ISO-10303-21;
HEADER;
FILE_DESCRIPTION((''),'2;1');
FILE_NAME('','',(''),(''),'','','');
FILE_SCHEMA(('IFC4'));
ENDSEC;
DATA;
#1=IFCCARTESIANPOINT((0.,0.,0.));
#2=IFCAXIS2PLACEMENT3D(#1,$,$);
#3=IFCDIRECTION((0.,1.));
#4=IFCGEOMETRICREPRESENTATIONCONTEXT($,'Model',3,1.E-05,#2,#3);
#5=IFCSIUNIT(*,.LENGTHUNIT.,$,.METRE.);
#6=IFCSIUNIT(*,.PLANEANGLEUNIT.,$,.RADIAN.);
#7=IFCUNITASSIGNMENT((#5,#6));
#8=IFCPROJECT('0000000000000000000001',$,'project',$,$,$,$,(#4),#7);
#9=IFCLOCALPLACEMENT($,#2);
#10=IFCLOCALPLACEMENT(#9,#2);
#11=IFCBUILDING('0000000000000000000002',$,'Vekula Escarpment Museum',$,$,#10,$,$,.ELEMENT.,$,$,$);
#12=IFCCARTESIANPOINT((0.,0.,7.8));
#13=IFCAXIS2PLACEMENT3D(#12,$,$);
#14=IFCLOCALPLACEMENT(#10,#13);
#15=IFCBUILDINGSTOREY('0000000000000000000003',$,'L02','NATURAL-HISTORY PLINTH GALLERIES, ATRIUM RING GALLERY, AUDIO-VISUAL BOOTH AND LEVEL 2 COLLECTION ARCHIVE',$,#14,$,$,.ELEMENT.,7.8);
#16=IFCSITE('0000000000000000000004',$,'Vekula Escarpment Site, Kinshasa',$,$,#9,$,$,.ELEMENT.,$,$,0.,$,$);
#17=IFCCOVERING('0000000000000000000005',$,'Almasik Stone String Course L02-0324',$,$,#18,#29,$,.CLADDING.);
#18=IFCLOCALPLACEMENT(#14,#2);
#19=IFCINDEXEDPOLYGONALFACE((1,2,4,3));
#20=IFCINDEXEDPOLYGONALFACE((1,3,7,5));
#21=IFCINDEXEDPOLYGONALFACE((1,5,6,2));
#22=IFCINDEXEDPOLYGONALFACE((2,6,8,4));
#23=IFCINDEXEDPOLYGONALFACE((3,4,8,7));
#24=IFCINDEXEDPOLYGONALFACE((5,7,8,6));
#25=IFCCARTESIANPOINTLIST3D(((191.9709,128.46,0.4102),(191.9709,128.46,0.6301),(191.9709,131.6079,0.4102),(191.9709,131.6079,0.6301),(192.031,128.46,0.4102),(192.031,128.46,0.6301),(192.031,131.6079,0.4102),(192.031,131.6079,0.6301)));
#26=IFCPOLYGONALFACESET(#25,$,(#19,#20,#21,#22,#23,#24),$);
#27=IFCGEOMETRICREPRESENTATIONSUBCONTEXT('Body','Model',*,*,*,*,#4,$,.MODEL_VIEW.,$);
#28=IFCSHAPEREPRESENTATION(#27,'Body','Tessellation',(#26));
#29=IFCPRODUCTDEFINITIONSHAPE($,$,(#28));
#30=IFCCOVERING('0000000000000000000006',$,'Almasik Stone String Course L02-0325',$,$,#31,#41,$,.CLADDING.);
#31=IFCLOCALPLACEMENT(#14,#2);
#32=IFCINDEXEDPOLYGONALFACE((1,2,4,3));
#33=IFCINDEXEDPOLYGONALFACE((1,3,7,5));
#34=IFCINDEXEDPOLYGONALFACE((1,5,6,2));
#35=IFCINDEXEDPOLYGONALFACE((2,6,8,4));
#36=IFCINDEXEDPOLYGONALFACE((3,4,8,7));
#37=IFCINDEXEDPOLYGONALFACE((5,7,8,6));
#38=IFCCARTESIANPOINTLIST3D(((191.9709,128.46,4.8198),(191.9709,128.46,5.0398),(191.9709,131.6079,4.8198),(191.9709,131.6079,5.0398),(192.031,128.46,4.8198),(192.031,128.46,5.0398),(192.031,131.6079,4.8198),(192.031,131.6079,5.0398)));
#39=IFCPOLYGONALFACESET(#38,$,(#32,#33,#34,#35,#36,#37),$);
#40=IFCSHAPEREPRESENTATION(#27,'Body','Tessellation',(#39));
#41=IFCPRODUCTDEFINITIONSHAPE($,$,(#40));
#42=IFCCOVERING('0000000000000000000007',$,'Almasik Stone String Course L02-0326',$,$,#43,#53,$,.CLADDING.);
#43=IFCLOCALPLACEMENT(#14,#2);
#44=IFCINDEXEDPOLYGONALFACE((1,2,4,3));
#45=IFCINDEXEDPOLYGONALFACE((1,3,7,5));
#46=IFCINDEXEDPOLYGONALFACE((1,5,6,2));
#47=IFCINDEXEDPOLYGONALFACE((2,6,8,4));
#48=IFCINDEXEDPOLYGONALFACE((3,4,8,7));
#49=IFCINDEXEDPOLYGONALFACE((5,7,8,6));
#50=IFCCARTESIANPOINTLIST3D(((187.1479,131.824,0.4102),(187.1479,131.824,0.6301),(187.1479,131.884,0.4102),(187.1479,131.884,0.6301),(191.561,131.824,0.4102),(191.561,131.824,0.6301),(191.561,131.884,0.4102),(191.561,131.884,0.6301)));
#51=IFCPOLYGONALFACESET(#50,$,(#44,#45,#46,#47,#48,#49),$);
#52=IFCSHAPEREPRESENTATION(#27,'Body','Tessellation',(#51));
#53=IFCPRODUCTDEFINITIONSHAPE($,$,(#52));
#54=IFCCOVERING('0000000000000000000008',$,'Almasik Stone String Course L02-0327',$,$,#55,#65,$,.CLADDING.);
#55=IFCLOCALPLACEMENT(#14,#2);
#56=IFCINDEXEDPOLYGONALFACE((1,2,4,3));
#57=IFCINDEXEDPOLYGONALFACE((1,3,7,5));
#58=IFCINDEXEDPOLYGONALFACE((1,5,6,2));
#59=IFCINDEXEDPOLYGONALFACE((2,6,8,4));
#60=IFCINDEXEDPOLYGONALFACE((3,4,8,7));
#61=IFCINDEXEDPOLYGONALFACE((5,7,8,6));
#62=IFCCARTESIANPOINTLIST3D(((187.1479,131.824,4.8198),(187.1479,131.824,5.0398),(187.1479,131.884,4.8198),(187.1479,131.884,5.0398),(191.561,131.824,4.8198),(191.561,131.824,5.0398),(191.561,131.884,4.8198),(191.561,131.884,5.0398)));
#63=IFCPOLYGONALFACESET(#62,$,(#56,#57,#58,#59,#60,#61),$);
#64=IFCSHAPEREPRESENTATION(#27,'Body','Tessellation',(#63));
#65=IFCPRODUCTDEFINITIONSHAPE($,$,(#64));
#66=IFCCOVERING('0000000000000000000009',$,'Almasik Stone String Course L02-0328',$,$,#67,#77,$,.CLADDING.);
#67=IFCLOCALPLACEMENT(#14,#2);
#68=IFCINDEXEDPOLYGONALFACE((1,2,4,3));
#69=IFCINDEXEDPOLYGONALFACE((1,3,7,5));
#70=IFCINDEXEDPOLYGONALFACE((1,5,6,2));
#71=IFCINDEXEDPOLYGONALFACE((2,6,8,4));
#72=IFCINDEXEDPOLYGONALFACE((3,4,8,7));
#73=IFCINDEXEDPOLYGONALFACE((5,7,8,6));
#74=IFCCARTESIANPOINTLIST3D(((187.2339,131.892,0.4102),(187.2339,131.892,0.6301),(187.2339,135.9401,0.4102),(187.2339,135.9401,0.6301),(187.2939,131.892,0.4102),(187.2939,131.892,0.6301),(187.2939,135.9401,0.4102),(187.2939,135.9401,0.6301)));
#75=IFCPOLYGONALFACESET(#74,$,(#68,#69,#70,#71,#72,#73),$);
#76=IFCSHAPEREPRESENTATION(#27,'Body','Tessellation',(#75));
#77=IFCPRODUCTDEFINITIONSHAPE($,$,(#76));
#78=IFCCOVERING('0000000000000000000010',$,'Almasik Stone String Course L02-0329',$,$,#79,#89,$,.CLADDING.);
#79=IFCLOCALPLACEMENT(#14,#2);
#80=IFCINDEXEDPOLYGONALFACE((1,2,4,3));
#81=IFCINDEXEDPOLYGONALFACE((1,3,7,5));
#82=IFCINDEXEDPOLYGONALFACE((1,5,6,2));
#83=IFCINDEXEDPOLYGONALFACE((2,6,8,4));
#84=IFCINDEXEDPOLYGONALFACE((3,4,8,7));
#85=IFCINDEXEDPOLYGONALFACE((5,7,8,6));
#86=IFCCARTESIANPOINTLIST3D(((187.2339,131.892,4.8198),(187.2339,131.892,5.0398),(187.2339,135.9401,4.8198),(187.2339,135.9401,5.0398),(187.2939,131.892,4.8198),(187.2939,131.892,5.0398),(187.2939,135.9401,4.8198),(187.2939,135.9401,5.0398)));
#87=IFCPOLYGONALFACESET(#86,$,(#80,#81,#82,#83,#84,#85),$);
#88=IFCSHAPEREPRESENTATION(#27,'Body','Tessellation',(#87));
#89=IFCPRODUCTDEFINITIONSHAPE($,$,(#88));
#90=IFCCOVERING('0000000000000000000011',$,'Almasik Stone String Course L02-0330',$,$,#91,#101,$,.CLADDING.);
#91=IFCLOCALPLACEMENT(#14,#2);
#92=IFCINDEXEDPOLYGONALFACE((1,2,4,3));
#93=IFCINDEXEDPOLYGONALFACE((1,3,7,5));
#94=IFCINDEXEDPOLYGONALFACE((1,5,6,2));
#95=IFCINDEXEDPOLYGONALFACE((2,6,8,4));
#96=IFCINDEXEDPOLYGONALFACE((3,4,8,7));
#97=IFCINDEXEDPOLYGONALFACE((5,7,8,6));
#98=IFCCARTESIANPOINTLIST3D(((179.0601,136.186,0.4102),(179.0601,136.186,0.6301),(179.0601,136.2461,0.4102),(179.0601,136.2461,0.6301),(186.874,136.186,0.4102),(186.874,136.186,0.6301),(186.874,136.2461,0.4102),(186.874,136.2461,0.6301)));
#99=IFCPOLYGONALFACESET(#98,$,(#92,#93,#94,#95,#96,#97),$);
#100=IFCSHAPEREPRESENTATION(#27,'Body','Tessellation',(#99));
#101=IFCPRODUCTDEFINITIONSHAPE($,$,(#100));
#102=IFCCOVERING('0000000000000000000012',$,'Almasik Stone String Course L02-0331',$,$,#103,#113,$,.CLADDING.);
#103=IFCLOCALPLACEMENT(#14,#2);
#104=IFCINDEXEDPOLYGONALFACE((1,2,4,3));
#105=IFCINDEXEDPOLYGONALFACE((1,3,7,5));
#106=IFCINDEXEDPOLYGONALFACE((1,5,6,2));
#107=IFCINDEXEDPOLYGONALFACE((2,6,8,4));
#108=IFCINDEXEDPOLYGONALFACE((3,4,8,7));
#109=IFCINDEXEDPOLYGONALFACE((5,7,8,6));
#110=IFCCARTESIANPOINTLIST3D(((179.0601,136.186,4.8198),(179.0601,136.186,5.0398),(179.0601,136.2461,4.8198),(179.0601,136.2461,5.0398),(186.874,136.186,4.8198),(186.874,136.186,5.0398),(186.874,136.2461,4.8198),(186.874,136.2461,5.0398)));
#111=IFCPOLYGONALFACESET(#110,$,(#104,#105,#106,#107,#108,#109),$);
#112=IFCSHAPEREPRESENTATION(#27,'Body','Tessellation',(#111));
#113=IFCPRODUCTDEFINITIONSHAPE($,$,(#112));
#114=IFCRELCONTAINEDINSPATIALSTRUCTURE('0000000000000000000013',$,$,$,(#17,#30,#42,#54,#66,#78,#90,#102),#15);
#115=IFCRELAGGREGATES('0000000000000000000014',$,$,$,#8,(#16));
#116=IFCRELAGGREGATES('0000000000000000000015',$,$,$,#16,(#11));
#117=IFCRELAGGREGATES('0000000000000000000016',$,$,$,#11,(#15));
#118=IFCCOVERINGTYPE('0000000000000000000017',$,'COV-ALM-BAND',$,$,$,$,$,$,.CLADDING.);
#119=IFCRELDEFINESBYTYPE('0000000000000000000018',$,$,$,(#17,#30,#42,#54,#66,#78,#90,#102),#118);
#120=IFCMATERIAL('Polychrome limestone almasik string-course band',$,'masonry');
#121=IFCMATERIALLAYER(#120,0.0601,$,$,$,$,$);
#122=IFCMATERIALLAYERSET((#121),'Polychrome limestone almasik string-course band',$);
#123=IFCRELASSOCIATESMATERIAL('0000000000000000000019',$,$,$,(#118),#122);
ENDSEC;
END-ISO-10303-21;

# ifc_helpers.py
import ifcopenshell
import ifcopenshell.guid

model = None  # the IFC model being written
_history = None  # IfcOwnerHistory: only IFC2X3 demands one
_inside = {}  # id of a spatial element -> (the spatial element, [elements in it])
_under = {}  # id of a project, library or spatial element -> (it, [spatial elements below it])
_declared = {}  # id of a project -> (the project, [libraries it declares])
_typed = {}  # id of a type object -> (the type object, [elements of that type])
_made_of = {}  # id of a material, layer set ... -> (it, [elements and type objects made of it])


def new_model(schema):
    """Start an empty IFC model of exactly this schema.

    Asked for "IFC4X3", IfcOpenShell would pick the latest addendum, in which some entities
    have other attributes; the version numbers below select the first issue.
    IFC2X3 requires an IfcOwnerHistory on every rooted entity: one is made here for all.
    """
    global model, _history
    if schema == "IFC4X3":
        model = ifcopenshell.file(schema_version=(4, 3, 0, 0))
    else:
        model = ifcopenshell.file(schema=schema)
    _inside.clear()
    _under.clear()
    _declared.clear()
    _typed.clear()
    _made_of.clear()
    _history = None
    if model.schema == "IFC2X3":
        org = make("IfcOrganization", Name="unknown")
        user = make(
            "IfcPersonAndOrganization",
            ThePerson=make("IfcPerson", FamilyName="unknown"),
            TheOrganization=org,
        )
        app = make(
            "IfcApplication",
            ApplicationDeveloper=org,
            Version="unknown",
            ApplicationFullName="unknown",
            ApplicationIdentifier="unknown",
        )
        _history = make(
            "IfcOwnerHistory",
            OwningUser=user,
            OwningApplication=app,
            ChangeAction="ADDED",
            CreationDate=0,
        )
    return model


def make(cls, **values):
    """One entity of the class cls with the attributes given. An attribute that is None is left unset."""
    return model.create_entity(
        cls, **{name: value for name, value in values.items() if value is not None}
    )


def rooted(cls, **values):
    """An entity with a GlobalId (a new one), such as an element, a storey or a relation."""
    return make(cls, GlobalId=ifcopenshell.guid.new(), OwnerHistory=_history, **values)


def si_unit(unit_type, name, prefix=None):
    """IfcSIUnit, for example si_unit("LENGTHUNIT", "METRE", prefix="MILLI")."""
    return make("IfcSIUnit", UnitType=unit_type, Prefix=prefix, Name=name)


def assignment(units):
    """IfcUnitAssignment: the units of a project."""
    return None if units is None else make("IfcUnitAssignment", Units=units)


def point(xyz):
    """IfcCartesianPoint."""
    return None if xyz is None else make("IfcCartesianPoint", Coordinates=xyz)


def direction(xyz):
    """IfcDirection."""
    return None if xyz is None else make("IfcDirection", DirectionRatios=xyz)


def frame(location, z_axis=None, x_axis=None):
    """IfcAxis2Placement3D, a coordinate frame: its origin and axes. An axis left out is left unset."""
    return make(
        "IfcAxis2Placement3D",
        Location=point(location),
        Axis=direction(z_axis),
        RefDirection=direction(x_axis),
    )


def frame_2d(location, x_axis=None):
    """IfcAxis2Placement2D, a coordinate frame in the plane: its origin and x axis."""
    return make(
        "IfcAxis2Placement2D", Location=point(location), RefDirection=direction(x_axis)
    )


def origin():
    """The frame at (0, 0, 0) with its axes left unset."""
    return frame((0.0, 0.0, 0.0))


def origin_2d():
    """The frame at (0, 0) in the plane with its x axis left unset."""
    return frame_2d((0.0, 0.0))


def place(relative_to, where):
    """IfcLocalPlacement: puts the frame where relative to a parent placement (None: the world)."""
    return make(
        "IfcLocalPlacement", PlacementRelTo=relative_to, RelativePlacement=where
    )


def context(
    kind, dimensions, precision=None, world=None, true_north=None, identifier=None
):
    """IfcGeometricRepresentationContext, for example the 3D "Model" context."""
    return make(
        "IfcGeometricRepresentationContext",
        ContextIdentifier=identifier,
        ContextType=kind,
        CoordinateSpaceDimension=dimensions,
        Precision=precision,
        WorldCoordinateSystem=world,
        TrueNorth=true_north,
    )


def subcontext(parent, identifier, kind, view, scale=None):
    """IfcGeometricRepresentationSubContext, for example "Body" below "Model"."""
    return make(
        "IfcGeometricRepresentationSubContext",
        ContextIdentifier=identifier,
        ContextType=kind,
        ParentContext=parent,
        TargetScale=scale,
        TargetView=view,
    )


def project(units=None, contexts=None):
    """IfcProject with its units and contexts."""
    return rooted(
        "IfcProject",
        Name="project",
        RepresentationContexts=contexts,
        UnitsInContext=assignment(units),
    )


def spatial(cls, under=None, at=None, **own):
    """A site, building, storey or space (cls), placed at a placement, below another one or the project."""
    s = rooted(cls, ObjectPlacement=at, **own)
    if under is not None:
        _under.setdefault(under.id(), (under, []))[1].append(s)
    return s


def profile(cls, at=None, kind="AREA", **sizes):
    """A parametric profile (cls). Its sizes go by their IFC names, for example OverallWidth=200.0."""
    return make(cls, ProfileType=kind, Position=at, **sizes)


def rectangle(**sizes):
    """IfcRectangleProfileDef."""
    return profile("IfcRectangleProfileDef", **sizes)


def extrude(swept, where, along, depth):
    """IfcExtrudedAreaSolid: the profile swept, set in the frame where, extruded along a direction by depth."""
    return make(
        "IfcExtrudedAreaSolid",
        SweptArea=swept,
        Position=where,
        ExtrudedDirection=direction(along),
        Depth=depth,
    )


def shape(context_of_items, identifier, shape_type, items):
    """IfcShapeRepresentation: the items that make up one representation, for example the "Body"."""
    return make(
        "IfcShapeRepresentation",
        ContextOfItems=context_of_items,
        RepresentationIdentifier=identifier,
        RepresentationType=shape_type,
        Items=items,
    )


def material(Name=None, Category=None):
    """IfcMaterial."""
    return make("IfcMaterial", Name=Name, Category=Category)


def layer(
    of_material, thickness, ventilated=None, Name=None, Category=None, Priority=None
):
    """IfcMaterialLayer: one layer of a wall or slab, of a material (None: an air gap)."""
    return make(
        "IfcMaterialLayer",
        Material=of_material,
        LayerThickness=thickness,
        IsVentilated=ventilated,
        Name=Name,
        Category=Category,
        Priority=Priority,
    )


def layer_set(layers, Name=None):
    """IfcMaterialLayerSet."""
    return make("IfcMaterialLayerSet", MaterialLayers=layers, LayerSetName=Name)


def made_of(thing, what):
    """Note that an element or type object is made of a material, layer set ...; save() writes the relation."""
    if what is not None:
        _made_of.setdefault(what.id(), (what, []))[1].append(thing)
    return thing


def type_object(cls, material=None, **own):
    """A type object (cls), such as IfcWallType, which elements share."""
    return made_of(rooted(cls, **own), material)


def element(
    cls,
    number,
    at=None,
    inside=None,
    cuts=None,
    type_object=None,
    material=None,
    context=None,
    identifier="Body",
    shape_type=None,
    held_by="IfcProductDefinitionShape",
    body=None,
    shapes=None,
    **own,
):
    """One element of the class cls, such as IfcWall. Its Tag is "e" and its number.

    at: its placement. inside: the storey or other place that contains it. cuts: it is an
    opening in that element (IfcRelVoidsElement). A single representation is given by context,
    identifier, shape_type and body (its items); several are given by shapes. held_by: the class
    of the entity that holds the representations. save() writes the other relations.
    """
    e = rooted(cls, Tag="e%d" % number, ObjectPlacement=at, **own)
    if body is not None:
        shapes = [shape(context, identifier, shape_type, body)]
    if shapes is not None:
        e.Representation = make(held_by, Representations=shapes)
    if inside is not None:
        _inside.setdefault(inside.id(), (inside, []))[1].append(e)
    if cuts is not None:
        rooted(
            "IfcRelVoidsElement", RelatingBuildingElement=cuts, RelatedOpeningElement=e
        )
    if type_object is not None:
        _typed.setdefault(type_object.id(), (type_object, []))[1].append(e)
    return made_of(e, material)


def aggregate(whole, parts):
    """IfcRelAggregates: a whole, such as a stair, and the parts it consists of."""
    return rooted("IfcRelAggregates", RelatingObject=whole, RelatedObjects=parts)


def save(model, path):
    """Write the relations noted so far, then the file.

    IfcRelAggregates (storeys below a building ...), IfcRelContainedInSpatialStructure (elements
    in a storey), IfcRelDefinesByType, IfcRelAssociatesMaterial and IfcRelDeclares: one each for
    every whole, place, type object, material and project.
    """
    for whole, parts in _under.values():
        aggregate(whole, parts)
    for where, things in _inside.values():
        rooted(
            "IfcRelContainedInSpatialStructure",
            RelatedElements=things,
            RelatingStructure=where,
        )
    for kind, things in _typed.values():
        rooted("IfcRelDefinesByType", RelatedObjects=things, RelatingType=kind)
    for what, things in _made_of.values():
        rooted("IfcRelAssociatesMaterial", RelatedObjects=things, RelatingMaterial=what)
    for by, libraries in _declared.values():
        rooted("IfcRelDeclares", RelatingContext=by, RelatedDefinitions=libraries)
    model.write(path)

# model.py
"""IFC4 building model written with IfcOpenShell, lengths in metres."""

from ifc_helpers import new_model, si_unit, direction, frame, origin, origin_2d, place, context, subcontext, project, spatial, rectangle, extrude, material, layer, layer_set, type_object, element, save


model = new_model("IFC4")

# Units and contexts
model_context = context("Model", 3, precision=1e-05, world=origin(), true_north=direction((0.0, 1.0)))
body_context = subcontext(model_context, "Body", "Model", "MODEL_VIEW")
ifc_project = project(units=[si_unit("LENGTHUNIT", "METRE"), si_unit("PLANEANGLEUNIT", "RADIAN")], contexts=[model_context])

# Site, building, storey
site_placement = place(None, origin())
site = spatial("IfcSite", under=ifc_project, at=site_placement, Name="Vekula Escarpment Site, Kinshasa", CompositionType="ELEMENT", RefElevation=0.0)
building_placement = place(site_placement, origin())
building = spatial("IfcBuilding", under=site, at=building_placement, Name="Vekula Escarpment Museum", CompositionType="ELEMENT")
storey_placement = place(building_placement, frame((0.0, 0.0, 7.8)))
storey = spatial("IfcBuildingStorey", under=building, at=storey_placement, Name="L02", Description="NATURAL-HISTORY PLINTH GALLERIES, ATRIUM RING GALLERY, AUDIO-VISUAL BOOTH AND LEVEL 2 COLLECTION ARCHIVE", CompositionType="ELEMENT", Elevation=7.8)

# Coverings
ifc_material_1 = material(Name="Polychrome limestone almasik string-course band", Category="masonry")
ifc_layer_1 = layer(ifc_material_1, 0.0601)
ifc_layer_set_1 = layer_set([ifc_layer_1], Name="Polychrome limestone almasik string-course band")
covering_type = type_object("IfcCoveringType", Name="COV-ALM-BAND", PredefinedType="CLADDING", material=ifc_layer_set_1)
for number, where, z_axis, x_axis, name in (
    (1, (192.001, 130.0339, 0.4102), (0.0, 0.0, 1.0), (0.0, 1.0, 0.0), "Almasik Stone String Course L02-0324"),
    (2, (192.001, 130.0339, 4.8198), (0.0, 0.0, 1.0), (0.0, 1.0, 0.0), "Almasik Stone String Course L02-0325"),
):
    element("IfcCovering", number, at=place(storey_placement, frame(where, z_axis=z_axis, x_axis=x_axis)), inside=storey, type_object=covering_type, Name=name, PredefinedType="CLADDING", context=body_context, shape_type="SweptSolid", body=[
        extrude(rectangle(XDim=3.1479, YDim=0.0601, at=origin_2d()), origin(), (0.0, 0.0, 1.0), 0.22),
    ])
for number, where, z_axis, x_axis, name in (
    (3, (189.3545, 131.854, 0.4102), (0.0, 0.0, 1.0), (1.0, 0.0, 0.0), "Almasik Stone String Course L02-0326"),
    (4, (189.3545, 131.854, 4.8198), (0.0, 0.0, 1.0), (1.0, 0.0, 0.0), "Almasik Stone String Course L02-0327"),
):
    element("IfcCovering", number, at=place(storey_placement, frame(where, z_axis=z_axis, x_axis=x_axis)), inside=storey, type_object=covering_type, Name=name, PredefinedType="CLADDING", context=body_context, shape_type="SweptSolid", body=[
        extrude(rectangle(XDim=4.4131, YDim=0.0601, at=origin_2d()), origin(), (0.0, 0.0, 1.0), 0.22),
    ])
for number, where, z_axis, x_axis, name in (
    (5, (187.2639, 133.916, 0.4102), (0.0, 0.0, 1.0), (0.0, 1.0, 0.0), "Almasik Stone String Course L02-0328"),
    (6, (187.2639, 133.916, 4.8198), (0.0, 0.0, 1.0), (0.0, 1.0, 0.0), "Almasik Stone String Course L02-0329"),
):
    element("IfcCovering", number, at=place(storey_placement, frame(where, z_axis=z_axis, x_axis=x_axis)), inside=storey, type_object=covering_type, Name=name, PredefinedType="CLADDING", context=body_context, shape_type="SweptSolid", body=[
        extrude(rectangle(XDim=4.0481, YDim=0.0601, at=origin_2d()), origin(), (0.0, 0.0, 1.0), 0.22),
    ])
for number, where, z_axis, x_axis, name in (
    (7, (182.967, 136.2161, 0.4102), (0.0, 0.0, 1.0), (1.0, 0.0, 0.0), "Almasik Stone String Course L02-0330"),
    (8, (182.967, 136.2161, 4.8198), (0.0, 0.0, 1.0), (1.0, 0.0, 0.0), "Almasik Stone String Course L02-0331"),
):
    element("IfcCovering", number, at=place(storey_placement, frame(where, z_axis=z_axis, x_axis=x_axis)), inside=storey, type_object=covering_type, Name=name, PredefinedType="CLADDING", context=body_context, shape_type="SweptSolid", body=[
        extrude(rectangle(XDim=7.814, YDim=0.0601, at=origin_2d()), origin(), (0.0, 0.0, 1.0), 0.22),
    ])

save(model, "model.ifc")
